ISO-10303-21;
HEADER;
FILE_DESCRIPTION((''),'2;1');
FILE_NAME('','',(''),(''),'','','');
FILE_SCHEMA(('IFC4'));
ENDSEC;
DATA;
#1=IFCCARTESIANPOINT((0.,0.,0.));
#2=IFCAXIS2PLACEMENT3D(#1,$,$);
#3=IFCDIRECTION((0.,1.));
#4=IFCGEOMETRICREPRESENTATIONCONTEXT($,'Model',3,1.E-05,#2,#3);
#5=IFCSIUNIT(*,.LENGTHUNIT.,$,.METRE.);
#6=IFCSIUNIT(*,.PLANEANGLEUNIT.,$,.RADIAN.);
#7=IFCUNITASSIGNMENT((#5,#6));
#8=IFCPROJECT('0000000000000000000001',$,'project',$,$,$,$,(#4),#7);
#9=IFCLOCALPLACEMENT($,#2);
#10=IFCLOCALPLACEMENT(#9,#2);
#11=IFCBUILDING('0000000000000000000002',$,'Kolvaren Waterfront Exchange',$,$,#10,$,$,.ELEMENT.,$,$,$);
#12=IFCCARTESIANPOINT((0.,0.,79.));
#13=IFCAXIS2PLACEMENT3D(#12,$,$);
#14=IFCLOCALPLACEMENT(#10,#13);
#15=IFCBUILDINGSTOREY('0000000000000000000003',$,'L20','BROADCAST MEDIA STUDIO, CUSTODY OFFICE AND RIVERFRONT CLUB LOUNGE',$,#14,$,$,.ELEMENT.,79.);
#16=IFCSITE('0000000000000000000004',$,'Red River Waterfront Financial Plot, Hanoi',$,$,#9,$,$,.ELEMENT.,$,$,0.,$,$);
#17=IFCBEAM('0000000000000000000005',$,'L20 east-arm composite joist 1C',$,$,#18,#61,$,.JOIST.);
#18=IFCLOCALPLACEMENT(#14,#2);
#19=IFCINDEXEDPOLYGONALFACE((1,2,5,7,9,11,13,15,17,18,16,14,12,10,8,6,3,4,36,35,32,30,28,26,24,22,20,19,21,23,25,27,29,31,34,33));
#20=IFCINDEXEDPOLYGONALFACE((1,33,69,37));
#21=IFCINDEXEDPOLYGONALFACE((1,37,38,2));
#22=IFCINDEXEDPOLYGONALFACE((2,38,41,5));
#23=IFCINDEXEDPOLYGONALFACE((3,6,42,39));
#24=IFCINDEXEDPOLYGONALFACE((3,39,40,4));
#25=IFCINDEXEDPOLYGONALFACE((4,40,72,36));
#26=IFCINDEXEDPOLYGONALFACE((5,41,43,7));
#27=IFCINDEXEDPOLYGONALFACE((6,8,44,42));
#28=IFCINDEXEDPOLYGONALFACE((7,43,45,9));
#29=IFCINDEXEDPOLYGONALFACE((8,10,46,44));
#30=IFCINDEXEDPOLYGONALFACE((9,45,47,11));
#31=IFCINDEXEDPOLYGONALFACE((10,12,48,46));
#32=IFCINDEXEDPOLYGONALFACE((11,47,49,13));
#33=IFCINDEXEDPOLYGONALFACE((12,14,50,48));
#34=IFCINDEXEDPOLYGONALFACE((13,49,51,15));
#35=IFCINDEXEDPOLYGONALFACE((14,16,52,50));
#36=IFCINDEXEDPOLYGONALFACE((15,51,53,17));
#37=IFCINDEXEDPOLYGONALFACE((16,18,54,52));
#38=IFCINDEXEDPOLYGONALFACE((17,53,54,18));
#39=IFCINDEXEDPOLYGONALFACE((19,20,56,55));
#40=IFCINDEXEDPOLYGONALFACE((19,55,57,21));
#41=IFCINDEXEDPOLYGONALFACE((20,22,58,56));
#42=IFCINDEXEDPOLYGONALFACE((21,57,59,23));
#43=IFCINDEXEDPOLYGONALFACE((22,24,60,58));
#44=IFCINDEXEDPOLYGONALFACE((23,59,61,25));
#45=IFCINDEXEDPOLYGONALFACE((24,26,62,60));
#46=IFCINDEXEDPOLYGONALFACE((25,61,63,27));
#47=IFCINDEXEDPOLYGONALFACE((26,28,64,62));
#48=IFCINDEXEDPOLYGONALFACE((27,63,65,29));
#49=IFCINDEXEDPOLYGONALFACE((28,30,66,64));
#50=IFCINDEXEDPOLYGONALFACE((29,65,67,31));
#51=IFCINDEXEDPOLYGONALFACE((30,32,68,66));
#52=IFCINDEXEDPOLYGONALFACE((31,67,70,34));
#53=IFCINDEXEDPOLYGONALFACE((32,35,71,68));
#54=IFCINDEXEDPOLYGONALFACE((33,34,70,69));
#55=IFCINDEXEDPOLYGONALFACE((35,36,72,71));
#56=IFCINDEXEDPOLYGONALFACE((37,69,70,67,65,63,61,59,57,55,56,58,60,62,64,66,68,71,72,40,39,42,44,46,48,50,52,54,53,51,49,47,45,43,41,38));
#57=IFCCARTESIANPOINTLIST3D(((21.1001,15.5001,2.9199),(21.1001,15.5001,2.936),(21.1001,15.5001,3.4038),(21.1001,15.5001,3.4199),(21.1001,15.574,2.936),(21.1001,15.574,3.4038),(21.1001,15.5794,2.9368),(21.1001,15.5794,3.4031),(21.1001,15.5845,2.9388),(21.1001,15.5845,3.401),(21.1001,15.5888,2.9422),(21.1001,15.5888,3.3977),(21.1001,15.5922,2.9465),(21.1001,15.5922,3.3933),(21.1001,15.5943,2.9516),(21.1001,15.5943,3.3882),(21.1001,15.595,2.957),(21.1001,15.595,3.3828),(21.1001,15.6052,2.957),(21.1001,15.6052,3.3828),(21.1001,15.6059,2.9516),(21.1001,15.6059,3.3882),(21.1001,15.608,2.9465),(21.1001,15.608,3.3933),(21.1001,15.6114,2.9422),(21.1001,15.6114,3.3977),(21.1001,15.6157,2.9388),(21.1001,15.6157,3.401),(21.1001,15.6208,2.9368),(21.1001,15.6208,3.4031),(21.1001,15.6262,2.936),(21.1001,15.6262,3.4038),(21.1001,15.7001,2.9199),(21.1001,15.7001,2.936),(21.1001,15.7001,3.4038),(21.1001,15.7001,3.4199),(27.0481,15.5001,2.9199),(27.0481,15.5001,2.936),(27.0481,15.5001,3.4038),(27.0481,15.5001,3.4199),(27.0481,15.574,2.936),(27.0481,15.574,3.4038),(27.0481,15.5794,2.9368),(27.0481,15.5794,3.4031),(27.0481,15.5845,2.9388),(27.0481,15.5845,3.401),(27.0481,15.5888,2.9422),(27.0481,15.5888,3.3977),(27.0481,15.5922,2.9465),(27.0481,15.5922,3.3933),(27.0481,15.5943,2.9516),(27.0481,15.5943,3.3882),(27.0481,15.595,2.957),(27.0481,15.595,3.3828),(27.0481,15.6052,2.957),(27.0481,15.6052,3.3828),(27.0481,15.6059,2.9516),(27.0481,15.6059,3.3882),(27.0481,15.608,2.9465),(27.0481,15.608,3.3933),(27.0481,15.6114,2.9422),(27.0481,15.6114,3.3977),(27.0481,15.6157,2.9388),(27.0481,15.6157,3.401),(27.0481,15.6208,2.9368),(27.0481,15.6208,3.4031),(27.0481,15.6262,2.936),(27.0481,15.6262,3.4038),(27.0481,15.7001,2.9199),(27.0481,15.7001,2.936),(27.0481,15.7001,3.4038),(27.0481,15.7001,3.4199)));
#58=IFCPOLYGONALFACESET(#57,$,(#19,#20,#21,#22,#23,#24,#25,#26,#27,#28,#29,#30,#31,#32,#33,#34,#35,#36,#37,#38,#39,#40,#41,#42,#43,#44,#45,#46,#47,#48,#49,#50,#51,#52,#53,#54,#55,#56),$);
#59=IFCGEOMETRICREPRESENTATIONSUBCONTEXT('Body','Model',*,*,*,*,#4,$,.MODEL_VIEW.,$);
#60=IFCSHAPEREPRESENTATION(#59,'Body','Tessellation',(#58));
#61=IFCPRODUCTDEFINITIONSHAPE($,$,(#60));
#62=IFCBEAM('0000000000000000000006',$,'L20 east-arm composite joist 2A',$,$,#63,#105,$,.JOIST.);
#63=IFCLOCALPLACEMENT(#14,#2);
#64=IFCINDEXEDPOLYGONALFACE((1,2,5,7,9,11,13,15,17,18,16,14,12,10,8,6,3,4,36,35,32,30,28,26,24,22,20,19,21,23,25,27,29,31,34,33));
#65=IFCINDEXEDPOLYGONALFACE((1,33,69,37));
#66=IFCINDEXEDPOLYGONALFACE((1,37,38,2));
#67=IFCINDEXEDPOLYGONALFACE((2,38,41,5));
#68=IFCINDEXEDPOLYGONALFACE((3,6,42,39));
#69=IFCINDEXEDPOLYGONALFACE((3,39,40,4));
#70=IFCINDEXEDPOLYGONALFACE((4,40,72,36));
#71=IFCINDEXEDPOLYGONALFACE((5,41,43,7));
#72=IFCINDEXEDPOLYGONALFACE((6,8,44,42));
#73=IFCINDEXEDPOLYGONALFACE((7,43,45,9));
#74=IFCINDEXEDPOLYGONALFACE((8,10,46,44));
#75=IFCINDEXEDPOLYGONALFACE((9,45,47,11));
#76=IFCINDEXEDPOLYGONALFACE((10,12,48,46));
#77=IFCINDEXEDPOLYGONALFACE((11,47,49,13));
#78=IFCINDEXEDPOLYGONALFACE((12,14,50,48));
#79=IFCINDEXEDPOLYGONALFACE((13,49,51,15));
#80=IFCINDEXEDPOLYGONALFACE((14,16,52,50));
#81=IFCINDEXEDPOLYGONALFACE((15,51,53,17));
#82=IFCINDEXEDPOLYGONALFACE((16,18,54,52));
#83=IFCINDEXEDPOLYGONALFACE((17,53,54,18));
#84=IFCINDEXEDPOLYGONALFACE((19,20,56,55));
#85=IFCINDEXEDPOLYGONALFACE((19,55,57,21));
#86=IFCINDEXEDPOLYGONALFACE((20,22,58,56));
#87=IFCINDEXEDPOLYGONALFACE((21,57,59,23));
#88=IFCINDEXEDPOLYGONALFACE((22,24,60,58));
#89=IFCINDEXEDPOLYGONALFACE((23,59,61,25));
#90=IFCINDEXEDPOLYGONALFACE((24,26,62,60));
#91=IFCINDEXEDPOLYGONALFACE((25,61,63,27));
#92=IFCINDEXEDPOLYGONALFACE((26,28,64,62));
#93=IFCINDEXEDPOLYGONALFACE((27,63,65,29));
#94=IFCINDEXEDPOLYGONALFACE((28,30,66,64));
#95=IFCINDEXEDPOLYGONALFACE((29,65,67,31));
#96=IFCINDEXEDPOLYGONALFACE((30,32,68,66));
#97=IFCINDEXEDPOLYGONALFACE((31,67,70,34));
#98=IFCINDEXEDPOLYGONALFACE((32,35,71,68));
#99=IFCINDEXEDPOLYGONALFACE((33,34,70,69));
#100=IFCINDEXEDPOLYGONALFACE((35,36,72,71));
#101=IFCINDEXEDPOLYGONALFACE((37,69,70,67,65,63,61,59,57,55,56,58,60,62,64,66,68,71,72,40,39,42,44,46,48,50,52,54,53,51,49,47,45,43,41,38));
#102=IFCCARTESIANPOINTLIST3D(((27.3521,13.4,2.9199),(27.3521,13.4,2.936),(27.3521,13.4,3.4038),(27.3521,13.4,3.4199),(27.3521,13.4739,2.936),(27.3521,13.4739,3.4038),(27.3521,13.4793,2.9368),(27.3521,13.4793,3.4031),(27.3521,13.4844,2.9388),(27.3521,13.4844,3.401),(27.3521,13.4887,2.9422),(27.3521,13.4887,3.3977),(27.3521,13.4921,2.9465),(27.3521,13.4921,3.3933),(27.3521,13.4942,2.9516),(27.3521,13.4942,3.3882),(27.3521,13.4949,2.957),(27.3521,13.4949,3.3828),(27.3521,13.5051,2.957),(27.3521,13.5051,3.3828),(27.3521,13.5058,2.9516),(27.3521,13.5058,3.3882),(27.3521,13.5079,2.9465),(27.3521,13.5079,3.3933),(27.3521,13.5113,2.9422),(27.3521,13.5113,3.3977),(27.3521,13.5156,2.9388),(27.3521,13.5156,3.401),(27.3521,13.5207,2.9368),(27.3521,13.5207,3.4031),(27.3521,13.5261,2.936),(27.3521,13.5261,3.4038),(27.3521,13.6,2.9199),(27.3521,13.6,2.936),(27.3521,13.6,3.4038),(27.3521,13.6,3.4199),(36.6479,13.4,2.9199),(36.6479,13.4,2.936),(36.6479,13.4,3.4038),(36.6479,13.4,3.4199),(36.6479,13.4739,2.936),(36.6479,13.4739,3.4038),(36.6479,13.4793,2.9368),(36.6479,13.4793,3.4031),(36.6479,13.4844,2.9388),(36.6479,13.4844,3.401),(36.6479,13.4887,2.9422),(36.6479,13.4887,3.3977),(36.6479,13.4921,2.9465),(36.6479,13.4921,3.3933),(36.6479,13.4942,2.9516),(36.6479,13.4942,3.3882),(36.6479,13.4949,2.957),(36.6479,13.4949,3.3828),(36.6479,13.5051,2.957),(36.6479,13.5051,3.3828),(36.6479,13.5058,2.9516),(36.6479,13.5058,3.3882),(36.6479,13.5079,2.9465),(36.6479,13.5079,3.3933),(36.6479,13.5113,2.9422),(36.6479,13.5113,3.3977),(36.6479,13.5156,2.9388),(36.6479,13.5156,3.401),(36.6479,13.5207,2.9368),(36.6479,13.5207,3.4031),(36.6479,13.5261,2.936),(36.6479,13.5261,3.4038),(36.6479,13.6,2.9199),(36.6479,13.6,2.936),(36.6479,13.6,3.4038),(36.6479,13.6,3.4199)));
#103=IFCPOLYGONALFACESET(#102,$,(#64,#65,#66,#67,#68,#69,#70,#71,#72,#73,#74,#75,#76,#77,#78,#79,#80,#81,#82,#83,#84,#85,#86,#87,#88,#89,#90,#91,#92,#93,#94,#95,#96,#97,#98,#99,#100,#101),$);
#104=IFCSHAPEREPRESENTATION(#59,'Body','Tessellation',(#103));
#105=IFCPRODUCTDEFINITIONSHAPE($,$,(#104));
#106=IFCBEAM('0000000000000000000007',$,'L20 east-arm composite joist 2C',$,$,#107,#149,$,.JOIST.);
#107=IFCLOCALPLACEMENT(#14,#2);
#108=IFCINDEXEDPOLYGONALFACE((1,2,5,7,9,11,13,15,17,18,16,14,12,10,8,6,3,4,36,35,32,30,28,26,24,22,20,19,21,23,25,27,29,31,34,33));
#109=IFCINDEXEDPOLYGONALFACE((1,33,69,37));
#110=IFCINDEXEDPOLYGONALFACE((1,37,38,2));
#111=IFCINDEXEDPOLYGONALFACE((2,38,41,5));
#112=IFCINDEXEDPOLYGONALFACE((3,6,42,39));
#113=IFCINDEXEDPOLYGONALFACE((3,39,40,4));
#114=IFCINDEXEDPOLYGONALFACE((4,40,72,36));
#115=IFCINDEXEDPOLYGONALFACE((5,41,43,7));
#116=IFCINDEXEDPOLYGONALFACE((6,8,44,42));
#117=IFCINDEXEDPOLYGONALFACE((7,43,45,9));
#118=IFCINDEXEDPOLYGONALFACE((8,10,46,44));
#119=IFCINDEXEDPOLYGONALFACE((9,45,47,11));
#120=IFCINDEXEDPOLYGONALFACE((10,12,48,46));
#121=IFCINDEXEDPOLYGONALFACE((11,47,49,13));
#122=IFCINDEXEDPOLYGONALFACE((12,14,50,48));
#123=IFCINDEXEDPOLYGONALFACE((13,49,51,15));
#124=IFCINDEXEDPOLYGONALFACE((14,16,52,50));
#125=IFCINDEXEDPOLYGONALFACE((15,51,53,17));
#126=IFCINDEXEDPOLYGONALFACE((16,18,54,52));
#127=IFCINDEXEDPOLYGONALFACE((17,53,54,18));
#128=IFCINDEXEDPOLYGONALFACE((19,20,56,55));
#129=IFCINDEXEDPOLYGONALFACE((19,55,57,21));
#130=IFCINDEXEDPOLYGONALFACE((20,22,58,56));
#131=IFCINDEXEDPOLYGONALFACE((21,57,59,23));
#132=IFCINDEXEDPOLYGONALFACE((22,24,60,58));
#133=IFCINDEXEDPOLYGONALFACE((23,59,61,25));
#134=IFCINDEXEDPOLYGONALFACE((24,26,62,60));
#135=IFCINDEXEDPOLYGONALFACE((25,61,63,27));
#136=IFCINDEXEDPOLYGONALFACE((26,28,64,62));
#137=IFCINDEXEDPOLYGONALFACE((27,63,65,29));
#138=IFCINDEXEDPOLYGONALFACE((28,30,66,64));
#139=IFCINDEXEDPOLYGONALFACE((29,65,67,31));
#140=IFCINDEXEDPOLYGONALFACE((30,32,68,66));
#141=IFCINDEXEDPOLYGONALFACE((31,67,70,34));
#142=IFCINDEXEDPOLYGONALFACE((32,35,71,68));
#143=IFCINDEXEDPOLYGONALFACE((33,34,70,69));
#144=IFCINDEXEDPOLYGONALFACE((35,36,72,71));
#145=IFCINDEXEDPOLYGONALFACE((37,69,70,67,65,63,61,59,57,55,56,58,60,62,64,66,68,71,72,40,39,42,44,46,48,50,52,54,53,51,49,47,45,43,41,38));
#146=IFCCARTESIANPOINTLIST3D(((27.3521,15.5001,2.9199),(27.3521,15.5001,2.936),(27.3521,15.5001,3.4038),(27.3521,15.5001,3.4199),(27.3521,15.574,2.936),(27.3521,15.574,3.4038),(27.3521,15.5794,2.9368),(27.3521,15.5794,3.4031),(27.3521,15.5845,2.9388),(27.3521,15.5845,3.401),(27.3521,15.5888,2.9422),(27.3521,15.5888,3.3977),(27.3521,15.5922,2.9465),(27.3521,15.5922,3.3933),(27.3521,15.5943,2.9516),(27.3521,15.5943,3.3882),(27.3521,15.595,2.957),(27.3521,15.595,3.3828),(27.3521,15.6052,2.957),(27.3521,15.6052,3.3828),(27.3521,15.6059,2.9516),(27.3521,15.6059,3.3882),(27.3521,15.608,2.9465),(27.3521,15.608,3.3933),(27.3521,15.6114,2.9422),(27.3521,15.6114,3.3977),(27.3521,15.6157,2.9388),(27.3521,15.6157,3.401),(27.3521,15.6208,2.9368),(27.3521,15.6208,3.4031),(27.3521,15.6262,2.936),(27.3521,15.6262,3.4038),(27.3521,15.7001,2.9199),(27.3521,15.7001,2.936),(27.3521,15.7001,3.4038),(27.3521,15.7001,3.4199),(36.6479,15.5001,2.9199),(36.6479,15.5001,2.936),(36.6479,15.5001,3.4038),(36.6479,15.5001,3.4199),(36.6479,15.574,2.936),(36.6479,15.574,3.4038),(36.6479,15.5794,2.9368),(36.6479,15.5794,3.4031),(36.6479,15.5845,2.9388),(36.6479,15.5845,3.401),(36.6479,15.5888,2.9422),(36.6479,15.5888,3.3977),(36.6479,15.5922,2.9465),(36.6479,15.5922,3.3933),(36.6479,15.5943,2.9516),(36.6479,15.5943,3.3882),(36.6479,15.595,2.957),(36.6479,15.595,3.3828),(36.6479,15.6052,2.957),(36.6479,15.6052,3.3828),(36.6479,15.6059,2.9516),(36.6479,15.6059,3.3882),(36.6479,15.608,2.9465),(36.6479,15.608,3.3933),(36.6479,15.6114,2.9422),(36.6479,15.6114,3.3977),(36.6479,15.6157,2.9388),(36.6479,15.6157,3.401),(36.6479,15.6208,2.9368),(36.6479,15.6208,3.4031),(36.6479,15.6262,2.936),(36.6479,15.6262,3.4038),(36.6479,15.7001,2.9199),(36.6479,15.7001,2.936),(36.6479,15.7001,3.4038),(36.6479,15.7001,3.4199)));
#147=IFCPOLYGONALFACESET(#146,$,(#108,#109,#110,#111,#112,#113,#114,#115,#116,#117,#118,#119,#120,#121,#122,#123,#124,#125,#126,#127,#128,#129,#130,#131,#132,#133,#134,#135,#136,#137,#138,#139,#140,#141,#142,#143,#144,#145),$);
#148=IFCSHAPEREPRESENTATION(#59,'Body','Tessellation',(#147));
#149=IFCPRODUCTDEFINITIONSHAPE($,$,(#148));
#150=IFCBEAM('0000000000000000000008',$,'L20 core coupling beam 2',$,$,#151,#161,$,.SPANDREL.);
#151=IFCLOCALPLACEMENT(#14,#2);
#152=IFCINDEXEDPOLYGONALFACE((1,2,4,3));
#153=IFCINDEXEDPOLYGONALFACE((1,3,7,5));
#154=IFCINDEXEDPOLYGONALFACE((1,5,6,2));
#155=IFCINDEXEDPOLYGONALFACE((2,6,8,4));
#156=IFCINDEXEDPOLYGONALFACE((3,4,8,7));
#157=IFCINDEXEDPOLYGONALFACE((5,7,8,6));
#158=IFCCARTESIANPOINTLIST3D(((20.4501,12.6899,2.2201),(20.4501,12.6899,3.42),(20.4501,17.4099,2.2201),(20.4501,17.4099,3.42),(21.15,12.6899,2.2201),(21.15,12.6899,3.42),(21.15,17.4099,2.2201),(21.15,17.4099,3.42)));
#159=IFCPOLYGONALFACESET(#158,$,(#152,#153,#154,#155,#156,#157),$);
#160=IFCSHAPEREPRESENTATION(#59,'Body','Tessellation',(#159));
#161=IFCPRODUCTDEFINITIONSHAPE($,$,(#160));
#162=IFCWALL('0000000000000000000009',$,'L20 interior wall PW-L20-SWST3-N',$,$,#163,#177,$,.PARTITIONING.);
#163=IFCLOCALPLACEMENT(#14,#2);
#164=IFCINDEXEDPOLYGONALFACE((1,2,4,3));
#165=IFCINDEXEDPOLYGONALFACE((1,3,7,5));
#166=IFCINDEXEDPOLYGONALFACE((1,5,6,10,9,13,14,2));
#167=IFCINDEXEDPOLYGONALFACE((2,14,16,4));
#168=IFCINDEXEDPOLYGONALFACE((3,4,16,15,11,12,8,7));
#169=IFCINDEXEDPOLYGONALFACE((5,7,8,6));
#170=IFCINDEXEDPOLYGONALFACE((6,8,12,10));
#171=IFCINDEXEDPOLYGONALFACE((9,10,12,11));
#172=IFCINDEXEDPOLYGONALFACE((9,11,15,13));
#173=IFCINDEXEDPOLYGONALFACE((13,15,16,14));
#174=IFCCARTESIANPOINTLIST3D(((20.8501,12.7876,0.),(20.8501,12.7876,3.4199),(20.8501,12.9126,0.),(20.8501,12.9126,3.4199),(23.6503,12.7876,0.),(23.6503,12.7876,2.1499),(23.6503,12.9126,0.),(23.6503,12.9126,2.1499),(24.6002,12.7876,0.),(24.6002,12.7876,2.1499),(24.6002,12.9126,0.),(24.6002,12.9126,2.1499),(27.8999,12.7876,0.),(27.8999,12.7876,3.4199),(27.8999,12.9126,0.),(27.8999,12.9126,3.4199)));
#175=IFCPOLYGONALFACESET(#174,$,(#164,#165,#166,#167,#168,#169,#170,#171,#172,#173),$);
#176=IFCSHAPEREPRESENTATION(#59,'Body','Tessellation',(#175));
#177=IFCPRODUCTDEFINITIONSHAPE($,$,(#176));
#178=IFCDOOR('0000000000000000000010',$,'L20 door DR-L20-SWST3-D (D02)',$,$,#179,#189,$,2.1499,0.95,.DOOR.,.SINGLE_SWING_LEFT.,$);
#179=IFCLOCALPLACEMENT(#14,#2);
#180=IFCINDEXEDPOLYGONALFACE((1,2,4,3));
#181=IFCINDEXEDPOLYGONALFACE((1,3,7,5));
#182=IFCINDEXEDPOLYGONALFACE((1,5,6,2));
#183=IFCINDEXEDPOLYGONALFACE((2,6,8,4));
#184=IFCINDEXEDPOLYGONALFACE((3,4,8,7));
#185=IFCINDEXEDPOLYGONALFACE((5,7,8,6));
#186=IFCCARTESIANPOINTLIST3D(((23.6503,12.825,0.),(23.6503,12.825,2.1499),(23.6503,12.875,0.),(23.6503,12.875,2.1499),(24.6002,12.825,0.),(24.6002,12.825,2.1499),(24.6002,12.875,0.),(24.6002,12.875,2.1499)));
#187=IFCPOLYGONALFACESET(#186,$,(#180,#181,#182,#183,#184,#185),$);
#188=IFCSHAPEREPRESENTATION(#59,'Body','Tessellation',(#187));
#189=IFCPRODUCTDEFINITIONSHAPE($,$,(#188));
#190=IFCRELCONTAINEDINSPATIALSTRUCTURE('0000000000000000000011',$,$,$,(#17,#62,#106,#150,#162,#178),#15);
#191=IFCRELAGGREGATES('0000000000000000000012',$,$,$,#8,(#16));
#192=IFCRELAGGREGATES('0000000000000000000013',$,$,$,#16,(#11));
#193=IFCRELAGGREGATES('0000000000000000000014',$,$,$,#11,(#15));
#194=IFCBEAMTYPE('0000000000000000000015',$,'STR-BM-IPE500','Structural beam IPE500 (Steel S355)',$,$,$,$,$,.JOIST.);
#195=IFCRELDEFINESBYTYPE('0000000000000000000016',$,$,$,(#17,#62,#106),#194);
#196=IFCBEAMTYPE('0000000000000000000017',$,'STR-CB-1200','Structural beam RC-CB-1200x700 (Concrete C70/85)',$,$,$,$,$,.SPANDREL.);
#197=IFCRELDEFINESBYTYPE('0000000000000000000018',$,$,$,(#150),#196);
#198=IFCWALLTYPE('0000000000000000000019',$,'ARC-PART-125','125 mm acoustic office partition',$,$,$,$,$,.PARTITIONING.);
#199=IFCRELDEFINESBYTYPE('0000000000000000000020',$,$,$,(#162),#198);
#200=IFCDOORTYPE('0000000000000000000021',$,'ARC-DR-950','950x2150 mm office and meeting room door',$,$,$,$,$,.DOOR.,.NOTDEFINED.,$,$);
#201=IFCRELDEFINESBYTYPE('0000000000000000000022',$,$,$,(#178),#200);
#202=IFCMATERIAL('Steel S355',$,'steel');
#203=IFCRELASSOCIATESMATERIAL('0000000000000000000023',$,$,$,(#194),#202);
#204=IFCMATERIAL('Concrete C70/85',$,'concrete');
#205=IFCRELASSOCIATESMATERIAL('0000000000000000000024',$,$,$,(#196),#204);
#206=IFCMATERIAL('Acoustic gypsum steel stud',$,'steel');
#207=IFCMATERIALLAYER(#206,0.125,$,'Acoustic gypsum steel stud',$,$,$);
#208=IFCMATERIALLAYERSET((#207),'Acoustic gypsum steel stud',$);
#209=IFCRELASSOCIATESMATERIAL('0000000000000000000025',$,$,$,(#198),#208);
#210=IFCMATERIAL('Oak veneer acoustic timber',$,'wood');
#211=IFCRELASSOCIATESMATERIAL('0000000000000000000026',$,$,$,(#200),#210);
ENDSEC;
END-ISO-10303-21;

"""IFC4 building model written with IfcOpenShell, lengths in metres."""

from ifc_helpers import new_model, si_unit, direction, frame, frame_2d, origin, origin_2d, place, context, subcontext, project, spatial, rectangle, i_section, extrude, material, layer, layer_set, material_profile, profile_set, type_object, element, fill, save


model = new_model("IFC4")

# Units and contexts
model_context = context("Model", 3, precision=1e-05, world=origin(), true_north=direction((0.0, 1.0)))
body_context = subcontext(model_context, "Body", "Model", "MODEL_VIEW")
ifc_project = project(units=[si_unit("LENGTHUNIT", "METRE"), si_unit("PLANEANGLEUNIT", "RADIAN")], contexts=[model_context])

# Site, building, storey
site_placement = place(None, origin())
site = spatial("IfcSite", under=ifc_project, at=site_placement, Name="Red River Waterfront Financial Plot, Hanoi", CompositionType="ELEMENT", RefElevation=0.0)
building_placement = place(site_placement, origin())
building = spatial("IfcBuilding", under=site, at=building_placement, Name="Kolvaren Waterfront Exchange", CompositionType="ELEMENT")
storey_placement = place(building_placement, frame((0.0, 0.0, 79.0)))
storey = spatial("IfcBuildingStorey", under=building, at=storey_placement, Name="L20", Description="BROADCAST MEDIA STUDIO, CUSTODY OFFICE AND RIVERFRONT CLUB LOUNGE", CompositionType="ELEMENT", Elevation=79.0)

# Shared definitions
ifc_material_1 = material(Name="Concrete C70/85", Category="concrete")

# Beams
ifc_material_2 = material(Name="Steel S355", Category="steel")
ifc_material_profile_1 = material_profile(ifc_material_2, i_section(OverallWidth=0.2, OverallDepth=0.5, WebThickness=0.0103, FlangeThickness=0.0161, FilletRadius=0.021, at=origin_2d()), Name="IPE500")
ifc_profile_set_1 = profile_set([ifc_material_profile_1], Name="Steel S355")
beam_type_1 = type_object("IfcBeamType", Name="STR-BM-IPE500", Description="Structural beam IPE500 (Steel S355)", PredefinedType="JOIST", material=ifc_profile_set_1)
for number, where, z_axis, x_axis, name in (
    (1, (21.1001, 15.6001, 3.1699), (1.0, 0.0, 0.0), (0.0, 1.0, 0.0), "L20 east-arm composite joist 1C"),
):
    element("IfcBeam", number, at=place(storey_placement, frame(where, z_axis=z_axis, x_axis=x_axis)), inside=storey, type_object=beam_type_1, Name=name, PredefinedType="JOIST", context=body_context, shape_type="SweptSolid", body=[
        extrude(i_section(OverallWidth=0.2, OverallDepth=0.5, WebThickness=0.0103, FlangeThickness=0.0161, FilletRadius=0.021, at=origin_2d()), origin(), (0.0, 0.0, 1.0), 5.948),
    ])
for number, where, z_axis, x_axis, name in (
    (2, (27.3521, 13.5, 3.1699), (1.0, 0.0, 0.0), (0.0, 1.0, 0.0), "L20 east-arm composite joist 2A"),
    (3, (27.3521, 15.6001, 3.1699), (1.0, 0.0, 0.0), (0.0, 1.0, 0.0), "L20 east-arm composite joist 2C"),
):
    element("IfcBeam", number, at=place(storey_placement, frame(where, z_axis=z_axis, x_axis=x_axis)), inside=storey, type_object=beam_type_1, Name=name, PredefinedType="JOIST", context=body_context, shape_type="SweptSolid", body=[
        extrude(i_section(OverallWidth=0.2, OverallDepth=0.5, WebThickness=0.0103, FlangeThickness=0.0161, FilletRadius=0.021, at=origin_2d()), origin(), (0.0, 0.0, 1.0), 9.2959),
    ])
ifc_material_profile_2 = material_profile(ifc_material_1, rectangle(XDim=0.7, YDim=1.2, at=origin_2d()), Name="RC-CB-1200x700")
ifc_profile_set_2 = profile_set([ifc_material_profile_2], Name="Concrete C70/85")
beam_type_2 = type_object("IfcBeamType", Name="STR-CB-1200", Description="Structural beam RC-CB-1200x700 (Concrete C70/85)", PredefinedType="SPANDREL", material=ifc_profile_set_2)
beam_1_placement = place(storey_placement, frame((20.8, 12.6899, 2.8201), z_axis=(0.0, 1.0, 0.0), x_axis=(-1.0, 0.0, 0.0)))
element("IfcBeam", 4, at=beam_1_placement, inside=storey, type_object=beam_type_2, Name="L20 core coupling beam 2", PredefinedType="SPANDREL", context=body_context, shape_type="SweptSolid", body=[
    extrude(rectangle(XDim=0.7, YDim=1.2, at=origin_2d()), origin(), (0.0, 0.0, 1.0), 4.72),
])

# Wall, opening, door
ifc_material_3 = material(Name="Acoustic gypsum steel stud", Category="steel")
ifc_layer_1 = layer(ifc_material_3, 0.125, Name="Acoustic gypsum steel stud")
ifc_layer_set_1 = layer_set([ifc_layer_1], Name="Acoustic gypsum steel stud")
wall_type_1 = type_object("IfcWallType", Name="ARC-PART-125", Description="125 mm acoustic office partition", PredefinedType="PARTITIONING", material=ifc_layer_set_1)
wall_1_placement = place(storey_placement, frame((20.8501, 12.8501, 0.0), z_axis=(0.0, 0.0, 1.0), x_axis=(1.0, 0.0, 0.0)))
wall_1 = element("IfcWall", 5, at=wall_1_placement, inside=storey, type_object=wall_type_1, Name="L20 interior wall PW-L20-SWST3-N", PredefinedType="PARTITIONING", context=body_context, shape_type="SweptSolid", body=[
    extrude(rectangle(XDim=7.0498, YDim=0.125, at=frame_2d((3.5249, 0.0))), origin(), (0.0, 0.0, 1.0), 3.4199),
])
opening_1_placement = place(wall_1_placement, frame((2.8, 0.0, 0.0)))
opening_1 = element("IfcOpeningElement", 6, at=opening_1_placement, cuts=wall_1, PredefinedType="OPENING", context=body_context, shape_type="SweptSolid", body=[
    extrude(rectangle(XDim=0.95, YDim=2.1499, at=frame_2d((0.4751, 1.075))), frame((0.0, 0.0725, 0.0), z_axis=(0.0, -1.0, 0.0), x_axis=(1.0, 0.0, 0.0)), (0.0, 0.0, 1.0), 0.145),
])
ifc_material_4 = material(Name="Oak veneer acoustic timber", Category="wood")
door_type_1 = type_object("IfcDoorType", Name="ARC-DR-950", Description="950x2150 mm office and meeting room door", OperationType="NOTDEFINED", PredefinedType="DOOR", material=ifc_material_4)
door_1_placement = place(opening_1_placement, origin())
door_1 = element("IfcDoor", 7, at=door_1_placement, inside=storey, type_object=door_type_1, Name="L20 door DR-L20-SWST3-D (D02)", OperationType="SINGLE_SWING_LEFT", OverallHeight=2.1499, OverallWidth=0.95, PredefinedType="DOOR", context=body_context, shape_type="SweptSolid", body=[
    extrude(rectangle(XDim=0.95, YDim=2.1499, at=frame_2d((0.4751, 1.075))), frame((0.0, 0.0249, 0.0), z_axis=(0.0, -1.0, 0.0), x_axis=(1.0, 0.0, 0.0)), (0.0, 0.0, 1.0), 0.05),
])
fill(opening_1, door_1)

save(model, "model.ifc")
